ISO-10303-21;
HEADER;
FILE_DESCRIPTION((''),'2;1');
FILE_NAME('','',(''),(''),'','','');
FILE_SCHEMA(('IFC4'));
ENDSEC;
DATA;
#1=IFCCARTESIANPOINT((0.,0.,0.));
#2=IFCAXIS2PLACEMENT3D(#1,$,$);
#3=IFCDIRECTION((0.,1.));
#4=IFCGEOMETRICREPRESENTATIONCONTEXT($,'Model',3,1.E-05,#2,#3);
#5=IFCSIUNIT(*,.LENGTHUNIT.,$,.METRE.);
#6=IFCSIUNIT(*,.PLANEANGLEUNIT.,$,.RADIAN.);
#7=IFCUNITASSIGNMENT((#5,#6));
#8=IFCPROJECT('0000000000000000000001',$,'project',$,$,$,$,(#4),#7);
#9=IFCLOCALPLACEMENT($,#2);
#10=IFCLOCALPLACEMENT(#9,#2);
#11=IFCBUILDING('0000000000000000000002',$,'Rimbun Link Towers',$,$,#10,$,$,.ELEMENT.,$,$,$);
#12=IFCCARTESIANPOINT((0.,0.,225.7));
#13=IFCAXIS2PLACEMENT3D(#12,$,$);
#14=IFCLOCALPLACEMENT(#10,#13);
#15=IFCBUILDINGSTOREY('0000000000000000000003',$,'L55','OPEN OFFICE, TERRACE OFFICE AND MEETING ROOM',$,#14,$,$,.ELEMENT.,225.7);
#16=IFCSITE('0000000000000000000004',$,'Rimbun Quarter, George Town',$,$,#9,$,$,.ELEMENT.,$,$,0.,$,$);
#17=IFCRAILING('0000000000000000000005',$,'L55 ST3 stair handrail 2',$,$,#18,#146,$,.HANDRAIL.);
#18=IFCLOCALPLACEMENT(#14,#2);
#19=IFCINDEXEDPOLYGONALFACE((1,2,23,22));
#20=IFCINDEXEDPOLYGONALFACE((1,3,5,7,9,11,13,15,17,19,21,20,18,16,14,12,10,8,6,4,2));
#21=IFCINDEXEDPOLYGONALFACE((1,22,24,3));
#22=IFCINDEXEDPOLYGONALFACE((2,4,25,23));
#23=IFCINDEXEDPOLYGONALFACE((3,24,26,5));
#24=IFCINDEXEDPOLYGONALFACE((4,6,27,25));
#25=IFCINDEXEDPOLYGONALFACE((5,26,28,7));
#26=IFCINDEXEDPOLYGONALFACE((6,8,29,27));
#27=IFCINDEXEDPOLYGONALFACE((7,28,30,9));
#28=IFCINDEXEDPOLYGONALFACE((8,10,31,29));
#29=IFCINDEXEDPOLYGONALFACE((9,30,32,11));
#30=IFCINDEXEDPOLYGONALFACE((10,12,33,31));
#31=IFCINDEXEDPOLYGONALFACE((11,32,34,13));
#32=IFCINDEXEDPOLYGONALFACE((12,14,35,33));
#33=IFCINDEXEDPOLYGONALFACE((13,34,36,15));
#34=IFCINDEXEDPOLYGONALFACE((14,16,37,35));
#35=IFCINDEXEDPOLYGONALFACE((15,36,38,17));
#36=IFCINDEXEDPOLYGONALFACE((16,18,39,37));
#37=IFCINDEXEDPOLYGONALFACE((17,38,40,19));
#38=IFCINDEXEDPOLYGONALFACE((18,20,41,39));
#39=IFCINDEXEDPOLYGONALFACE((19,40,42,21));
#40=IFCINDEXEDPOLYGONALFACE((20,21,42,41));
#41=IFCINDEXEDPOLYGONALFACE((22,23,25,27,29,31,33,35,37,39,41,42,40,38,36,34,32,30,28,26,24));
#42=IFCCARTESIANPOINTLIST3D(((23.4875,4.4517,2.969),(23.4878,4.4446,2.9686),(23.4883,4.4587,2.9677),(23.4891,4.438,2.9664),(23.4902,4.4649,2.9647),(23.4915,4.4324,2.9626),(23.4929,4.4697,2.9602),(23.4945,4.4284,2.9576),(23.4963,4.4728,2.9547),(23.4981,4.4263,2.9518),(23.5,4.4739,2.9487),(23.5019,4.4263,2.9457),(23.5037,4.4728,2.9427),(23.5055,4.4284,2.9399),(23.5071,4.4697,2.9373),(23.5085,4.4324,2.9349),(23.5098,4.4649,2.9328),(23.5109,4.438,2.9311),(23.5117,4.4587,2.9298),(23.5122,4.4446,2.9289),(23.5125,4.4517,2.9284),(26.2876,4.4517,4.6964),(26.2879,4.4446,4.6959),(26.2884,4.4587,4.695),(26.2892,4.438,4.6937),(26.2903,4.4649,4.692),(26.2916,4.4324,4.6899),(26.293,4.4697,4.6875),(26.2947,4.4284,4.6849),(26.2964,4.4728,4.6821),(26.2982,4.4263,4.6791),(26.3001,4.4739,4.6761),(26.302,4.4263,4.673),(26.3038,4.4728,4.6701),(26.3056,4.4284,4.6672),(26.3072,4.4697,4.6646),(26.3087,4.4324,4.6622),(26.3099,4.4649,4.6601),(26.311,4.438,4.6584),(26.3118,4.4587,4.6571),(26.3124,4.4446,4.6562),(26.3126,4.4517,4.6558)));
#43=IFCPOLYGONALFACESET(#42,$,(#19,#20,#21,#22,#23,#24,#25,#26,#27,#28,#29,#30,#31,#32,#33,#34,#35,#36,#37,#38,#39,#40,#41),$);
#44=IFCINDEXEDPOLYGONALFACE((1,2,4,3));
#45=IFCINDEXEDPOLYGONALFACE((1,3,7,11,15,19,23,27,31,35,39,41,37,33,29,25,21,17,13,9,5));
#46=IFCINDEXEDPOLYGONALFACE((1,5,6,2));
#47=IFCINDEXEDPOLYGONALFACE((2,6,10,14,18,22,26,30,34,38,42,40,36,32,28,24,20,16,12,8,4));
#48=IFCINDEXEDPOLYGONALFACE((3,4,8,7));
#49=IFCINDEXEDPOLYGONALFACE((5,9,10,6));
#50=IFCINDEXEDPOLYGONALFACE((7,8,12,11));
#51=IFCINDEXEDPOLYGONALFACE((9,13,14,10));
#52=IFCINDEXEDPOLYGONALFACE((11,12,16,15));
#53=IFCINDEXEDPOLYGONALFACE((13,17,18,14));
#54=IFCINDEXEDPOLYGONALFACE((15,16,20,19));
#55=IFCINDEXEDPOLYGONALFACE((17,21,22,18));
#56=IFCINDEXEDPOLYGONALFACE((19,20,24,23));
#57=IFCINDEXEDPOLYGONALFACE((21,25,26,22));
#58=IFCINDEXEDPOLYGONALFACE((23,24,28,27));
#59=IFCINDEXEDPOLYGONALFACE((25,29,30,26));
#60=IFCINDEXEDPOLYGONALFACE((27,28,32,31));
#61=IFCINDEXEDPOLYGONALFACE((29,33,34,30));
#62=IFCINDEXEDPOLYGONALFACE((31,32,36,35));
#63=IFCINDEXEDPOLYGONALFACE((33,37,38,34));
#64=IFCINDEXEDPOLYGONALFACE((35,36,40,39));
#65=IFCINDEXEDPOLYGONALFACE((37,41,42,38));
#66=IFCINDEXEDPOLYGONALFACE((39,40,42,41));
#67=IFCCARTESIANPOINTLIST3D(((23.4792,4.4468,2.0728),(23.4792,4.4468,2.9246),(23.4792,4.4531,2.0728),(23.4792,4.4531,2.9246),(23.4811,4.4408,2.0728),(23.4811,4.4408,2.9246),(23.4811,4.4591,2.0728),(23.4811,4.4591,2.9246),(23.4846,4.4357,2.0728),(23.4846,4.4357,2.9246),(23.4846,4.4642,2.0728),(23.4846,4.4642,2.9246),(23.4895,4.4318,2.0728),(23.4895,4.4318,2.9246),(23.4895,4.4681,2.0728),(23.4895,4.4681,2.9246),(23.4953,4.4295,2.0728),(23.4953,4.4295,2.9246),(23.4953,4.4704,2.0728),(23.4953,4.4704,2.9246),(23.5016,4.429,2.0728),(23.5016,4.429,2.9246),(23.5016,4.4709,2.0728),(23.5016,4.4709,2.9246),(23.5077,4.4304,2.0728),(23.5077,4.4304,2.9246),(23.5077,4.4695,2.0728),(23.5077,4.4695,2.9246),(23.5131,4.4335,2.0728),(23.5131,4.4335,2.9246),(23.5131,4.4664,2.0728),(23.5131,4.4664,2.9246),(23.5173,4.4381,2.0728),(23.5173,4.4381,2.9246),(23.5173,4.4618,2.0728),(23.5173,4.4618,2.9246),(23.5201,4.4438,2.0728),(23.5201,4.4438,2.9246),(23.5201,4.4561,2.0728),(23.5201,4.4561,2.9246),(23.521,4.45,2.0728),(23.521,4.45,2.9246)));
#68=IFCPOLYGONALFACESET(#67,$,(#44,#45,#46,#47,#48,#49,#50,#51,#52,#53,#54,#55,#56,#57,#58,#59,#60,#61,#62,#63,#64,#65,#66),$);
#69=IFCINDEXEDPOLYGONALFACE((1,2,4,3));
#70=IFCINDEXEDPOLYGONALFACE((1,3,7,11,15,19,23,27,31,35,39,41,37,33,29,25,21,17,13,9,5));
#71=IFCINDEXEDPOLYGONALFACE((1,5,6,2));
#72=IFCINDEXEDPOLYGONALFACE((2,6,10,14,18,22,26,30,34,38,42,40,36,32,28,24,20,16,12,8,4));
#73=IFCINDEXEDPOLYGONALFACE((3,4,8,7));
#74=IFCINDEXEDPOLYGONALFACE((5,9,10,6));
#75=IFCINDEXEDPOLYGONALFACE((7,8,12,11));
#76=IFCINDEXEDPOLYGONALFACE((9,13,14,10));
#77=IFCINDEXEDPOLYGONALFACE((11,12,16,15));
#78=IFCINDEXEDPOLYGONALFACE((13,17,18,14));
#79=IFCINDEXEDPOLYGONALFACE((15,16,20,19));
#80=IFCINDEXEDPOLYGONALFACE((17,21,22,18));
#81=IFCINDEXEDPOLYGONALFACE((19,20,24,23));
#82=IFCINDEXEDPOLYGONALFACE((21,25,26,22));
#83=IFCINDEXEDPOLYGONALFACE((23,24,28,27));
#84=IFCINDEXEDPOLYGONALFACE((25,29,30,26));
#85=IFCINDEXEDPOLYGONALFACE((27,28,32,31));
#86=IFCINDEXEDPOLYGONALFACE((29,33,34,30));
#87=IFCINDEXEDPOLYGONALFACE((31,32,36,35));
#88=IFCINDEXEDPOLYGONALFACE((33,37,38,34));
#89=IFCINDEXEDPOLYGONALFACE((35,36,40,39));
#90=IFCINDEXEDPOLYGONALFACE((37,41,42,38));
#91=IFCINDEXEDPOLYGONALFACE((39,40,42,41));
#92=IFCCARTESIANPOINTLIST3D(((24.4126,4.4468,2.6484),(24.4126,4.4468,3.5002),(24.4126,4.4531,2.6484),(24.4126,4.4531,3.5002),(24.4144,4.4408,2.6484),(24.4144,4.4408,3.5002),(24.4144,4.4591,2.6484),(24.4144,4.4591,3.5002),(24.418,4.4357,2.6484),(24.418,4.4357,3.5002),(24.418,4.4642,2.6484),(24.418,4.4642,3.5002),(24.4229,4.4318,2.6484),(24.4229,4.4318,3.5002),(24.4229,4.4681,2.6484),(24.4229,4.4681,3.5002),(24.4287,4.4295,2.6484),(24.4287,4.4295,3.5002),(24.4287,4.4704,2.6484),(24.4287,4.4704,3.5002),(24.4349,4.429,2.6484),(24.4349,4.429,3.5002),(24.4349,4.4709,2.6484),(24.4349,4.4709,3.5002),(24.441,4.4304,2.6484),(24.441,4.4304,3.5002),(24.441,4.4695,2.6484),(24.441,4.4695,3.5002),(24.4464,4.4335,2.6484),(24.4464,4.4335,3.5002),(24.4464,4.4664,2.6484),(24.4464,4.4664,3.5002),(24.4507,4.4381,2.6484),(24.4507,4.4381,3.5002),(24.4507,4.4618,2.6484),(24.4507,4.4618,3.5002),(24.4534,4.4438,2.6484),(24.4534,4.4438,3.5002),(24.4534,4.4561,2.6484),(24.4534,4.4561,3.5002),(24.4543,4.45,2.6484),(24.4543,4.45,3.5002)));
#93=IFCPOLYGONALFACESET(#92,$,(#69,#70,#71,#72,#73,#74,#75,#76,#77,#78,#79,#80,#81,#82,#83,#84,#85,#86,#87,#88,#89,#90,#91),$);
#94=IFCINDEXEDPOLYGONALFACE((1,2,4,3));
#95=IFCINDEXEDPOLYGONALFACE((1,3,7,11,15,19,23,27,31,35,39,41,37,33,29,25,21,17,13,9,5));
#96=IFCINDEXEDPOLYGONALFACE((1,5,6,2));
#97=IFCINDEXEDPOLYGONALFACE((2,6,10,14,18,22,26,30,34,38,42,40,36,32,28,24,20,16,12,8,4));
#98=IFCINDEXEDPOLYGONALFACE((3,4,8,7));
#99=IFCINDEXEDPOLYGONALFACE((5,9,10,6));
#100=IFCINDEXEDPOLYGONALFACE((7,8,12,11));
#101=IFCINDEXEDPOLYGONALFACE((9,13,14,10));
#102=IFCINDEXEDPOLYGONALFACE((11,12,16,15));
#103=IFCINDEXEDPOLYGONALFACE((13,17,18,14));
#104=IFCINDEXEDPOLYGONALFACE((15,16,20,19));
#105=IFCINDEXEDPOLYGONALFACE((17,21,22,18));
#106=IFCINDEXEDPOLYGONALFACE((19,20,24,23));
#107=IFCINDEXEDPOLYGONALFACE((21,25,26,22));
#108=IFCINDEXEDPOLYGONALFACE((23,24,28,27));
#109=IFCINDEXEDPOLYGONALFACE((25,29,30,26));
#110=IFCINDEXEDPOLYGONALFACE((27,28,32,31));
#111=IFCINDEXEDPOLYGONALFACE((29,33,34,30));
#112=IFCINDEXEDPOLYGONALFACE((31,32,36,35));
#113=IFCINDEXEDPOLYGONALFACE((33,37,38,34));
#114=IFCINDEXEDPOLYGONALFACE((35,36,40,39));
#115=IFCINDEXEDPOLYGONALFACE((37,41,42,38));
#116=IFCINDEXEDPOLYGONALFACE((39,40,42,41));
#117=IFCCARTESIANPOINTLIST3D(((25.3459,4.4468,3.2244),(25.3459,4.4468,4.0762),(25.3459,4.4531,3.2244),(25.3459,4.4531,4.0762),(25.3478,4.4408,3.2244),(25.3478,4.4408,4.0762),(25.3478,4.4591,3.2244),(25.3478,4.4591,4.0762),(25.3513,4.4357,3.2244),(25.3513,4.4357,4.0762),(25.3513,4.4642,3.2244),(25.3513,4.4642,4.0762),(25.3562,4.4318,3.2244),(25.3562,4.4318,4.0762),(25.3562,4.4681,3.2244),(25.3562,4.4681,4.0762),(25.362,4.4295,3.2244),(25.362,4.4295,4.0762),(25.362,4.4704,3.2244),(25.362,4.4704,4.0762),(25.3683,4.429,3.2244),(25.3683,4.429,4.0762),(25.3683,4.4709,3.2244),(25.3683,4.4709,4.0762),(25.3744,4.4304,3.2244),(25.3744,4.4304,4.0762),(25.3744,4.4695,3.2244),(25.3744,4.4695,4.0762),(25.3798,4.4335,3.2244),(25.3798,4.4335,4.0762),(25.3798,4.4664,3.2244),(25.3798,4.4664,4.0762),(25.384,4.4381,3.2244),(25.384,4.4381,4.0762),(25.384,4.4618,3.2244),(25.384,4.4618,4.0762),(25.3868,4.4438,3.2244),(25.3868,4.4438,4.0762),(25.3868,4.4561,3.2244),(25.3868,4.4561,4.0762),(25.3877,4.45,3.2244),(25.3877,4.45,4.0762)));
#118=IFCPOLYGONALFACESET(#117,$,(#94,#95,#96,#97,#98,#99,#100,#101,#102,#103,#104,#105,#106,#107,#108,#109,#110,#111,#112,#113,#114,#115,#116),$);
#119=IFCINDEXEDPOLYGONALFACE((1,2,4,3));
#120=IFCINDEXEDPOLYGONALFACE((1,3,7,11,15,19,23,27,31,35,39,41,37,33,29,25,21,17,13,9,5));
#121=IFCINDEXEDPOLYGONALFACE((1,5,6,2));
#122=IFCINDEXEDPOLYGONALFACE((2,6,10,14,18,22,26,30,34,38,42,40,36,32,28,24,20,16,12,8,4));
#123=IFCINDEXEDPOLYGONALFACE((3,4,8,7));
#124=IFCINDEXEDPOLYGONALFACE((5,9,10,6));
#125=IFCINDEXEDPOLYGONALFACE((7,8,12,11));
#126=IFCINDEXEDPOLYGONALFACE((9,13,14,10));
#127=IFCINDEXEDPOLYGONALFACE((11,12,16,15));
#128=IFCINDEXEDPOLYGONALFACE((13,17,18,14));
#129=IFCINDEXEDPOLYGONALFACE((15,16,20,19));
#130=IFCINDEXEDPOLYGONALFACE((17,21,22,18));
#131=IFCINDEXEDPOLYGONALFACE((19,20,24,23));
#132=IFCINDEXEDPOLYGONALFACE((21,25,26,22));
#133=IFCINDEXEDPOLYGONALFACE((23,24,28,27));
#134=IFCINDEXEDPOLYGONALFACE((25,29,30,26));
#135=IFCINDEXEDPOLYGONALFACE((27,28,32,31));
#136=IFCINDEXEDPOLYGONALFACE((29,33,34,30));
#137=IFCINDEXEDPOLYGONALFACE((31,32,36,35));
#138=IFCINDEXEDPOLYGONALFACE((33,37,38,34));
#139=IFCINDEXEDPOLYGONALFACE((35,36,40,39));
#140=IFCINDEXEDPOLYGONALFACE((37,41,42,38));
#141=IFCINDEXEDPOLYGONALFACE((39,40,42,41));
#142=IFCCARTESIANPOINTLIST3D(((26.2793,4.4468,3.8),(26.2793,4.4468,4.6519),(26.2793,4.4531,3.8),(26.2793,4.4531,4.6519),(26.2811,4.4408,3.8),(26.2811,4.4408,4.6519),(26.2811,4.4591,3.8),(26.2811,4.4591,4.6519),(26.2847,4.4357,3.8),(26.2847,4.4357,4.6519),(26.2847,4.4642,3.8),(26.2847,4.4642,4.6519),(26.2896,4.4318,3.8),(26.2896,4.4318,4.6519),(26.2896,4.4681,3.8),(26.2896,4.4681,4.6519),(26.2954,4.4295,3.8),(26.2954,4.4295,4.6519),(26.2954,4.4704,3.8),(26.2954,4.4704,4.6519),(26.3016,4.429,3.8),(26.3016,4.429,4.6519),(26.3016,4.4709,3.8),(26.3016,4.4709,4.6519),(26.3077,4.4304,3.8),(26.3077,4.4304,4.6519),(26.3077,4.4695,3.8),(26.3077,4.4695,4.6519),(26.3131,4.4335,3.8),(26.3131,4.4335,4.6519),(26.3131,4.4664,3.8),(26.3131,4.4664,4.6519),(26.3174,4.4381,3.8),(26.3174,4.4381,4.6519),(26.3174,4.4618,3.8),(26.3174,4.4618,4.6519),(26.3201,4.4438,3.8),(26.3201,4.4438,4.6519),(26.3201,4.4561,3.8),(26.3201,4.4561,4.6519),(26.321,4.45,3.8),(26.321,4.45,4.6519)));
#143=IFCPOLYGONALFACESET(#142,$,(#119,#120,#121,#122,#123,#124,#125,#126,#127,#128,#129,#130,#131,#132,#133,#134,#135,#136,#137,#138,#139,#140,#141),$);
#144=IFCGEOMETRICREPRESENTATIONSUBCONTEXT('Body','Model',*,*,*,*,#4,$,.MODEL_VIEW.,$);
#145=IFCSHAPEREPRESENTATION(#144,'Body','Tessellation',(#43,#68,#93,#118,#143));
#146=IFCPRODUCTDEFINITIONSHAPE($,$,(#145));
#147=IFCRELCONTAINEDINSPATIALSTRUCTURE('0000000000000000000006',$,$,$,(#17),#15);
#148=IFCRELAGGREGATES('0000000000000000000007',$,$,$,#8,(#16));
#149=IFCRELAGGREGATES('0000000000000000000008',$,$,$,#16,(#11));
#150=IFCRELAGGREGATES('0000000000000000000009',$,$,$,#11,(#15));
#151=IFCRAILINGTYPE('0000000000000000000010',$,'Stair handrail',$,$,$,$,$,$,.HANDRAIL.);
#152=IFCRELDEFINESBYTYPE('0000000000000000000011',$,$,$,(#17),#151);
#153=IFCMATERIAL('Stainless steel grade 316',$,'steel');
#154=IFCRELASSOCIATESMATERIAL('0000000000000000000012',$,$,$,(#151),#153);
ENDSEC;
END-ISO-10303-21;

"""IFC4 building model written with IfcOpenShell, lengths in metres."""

from ifc_helpers import new_model, si_unit, direction, frame, origin, origin_2d, place, context, subcontext, project, spatial, circle, extrude, material, type_object, element, save


model = new_model("IFC4")

# Units and contexts
model_context = context("Model", 3, precision=1e-05, world=origin(), true_north=direction((0.0, 1.0)))
body_context = subcontext(model_context, "Body", "Model", "MODEL_VIEW")
ifc_project = project(units=[si_unit("LENGTHUNIT", "METRE"), si_unit("PLANEANGLEUNIT", "RADIAN")], contexts=[model_context])

# Site, building, storey
site_placement = place(None, origin())
site = spatial("IfcSite", under=ifc_project, at=site_placement, Name="Rimbun Quarter, George Town", CompositionType="ELEMENT", RefElevation=0.0)
building_placement = place(site_placement, origin())
building = spatial("IfcBuilding", under=site, at=building_placement, Name="Rimbun Link Towers", CompositionType="ELEMENT")
storey_placement = place(building_placement, frame((0.0, 0.0, 225.7)))
storey = spatial("IfcBuildingStorey", under=building, at=storey_placement, Name="L55", Description="OPEN OFFICE, TERRACE OFFICE AND MEETING ROOM", CompositionType="ELEMENT", Elevation=225.7)

# Railing
ifc_material_1 = material(Name="Stainless steel grade 316", Category="steel")
railing_type_1 = type_object("IfcRailingType", Name="Stair handrail", PredefinedType="HANDRAIL", material=ifc_material_1)
railing_1_placement = place(storey_placement, frame((23.5, 4.45, 2.0728)))
element("IfcRailing", 1, at=railing_1_placement, inside=storey, type_object=railing_type_1, Name="L55 ST3 stair handrail 2", PredefinedType="HANDRAIL", context=body_context, shape_type="SweptSolid", body=[
    extrude(circle(Radius=0.0239, at=origin_2d()), frame((0.0, 0.0, 0.876), z_axis=(0.85109, 0.0, 0.52502), x_axis=(0.0, 1.0, 0.0)), (0.0, 0.0, 1.0), 3.29),
    extrude(circle(Radius=0.021, at=origin_2d()), origin(), (0.0, 0.0, 1.0), 0.8518),
    extrude(circle(Radius=0.021, at=origin_2d()), frame((0.9333, 0.0, 0.5757)), (0.0, 0.0, 1.0), 0.8518),
    extrude(circle(Radius=0.021, at=origin_2d()), frame((1.8667, 0.0, 1.1516)), (0.0, 0.0, 1.0), 0.8518),
    extrude(circle(Radius=0.021, at=origin_2d()), frame((2.8, 0.0, 1.7273)), (0.0, 0.0, 1.0), 0.8518),
])

save(model, "model.ifc")
